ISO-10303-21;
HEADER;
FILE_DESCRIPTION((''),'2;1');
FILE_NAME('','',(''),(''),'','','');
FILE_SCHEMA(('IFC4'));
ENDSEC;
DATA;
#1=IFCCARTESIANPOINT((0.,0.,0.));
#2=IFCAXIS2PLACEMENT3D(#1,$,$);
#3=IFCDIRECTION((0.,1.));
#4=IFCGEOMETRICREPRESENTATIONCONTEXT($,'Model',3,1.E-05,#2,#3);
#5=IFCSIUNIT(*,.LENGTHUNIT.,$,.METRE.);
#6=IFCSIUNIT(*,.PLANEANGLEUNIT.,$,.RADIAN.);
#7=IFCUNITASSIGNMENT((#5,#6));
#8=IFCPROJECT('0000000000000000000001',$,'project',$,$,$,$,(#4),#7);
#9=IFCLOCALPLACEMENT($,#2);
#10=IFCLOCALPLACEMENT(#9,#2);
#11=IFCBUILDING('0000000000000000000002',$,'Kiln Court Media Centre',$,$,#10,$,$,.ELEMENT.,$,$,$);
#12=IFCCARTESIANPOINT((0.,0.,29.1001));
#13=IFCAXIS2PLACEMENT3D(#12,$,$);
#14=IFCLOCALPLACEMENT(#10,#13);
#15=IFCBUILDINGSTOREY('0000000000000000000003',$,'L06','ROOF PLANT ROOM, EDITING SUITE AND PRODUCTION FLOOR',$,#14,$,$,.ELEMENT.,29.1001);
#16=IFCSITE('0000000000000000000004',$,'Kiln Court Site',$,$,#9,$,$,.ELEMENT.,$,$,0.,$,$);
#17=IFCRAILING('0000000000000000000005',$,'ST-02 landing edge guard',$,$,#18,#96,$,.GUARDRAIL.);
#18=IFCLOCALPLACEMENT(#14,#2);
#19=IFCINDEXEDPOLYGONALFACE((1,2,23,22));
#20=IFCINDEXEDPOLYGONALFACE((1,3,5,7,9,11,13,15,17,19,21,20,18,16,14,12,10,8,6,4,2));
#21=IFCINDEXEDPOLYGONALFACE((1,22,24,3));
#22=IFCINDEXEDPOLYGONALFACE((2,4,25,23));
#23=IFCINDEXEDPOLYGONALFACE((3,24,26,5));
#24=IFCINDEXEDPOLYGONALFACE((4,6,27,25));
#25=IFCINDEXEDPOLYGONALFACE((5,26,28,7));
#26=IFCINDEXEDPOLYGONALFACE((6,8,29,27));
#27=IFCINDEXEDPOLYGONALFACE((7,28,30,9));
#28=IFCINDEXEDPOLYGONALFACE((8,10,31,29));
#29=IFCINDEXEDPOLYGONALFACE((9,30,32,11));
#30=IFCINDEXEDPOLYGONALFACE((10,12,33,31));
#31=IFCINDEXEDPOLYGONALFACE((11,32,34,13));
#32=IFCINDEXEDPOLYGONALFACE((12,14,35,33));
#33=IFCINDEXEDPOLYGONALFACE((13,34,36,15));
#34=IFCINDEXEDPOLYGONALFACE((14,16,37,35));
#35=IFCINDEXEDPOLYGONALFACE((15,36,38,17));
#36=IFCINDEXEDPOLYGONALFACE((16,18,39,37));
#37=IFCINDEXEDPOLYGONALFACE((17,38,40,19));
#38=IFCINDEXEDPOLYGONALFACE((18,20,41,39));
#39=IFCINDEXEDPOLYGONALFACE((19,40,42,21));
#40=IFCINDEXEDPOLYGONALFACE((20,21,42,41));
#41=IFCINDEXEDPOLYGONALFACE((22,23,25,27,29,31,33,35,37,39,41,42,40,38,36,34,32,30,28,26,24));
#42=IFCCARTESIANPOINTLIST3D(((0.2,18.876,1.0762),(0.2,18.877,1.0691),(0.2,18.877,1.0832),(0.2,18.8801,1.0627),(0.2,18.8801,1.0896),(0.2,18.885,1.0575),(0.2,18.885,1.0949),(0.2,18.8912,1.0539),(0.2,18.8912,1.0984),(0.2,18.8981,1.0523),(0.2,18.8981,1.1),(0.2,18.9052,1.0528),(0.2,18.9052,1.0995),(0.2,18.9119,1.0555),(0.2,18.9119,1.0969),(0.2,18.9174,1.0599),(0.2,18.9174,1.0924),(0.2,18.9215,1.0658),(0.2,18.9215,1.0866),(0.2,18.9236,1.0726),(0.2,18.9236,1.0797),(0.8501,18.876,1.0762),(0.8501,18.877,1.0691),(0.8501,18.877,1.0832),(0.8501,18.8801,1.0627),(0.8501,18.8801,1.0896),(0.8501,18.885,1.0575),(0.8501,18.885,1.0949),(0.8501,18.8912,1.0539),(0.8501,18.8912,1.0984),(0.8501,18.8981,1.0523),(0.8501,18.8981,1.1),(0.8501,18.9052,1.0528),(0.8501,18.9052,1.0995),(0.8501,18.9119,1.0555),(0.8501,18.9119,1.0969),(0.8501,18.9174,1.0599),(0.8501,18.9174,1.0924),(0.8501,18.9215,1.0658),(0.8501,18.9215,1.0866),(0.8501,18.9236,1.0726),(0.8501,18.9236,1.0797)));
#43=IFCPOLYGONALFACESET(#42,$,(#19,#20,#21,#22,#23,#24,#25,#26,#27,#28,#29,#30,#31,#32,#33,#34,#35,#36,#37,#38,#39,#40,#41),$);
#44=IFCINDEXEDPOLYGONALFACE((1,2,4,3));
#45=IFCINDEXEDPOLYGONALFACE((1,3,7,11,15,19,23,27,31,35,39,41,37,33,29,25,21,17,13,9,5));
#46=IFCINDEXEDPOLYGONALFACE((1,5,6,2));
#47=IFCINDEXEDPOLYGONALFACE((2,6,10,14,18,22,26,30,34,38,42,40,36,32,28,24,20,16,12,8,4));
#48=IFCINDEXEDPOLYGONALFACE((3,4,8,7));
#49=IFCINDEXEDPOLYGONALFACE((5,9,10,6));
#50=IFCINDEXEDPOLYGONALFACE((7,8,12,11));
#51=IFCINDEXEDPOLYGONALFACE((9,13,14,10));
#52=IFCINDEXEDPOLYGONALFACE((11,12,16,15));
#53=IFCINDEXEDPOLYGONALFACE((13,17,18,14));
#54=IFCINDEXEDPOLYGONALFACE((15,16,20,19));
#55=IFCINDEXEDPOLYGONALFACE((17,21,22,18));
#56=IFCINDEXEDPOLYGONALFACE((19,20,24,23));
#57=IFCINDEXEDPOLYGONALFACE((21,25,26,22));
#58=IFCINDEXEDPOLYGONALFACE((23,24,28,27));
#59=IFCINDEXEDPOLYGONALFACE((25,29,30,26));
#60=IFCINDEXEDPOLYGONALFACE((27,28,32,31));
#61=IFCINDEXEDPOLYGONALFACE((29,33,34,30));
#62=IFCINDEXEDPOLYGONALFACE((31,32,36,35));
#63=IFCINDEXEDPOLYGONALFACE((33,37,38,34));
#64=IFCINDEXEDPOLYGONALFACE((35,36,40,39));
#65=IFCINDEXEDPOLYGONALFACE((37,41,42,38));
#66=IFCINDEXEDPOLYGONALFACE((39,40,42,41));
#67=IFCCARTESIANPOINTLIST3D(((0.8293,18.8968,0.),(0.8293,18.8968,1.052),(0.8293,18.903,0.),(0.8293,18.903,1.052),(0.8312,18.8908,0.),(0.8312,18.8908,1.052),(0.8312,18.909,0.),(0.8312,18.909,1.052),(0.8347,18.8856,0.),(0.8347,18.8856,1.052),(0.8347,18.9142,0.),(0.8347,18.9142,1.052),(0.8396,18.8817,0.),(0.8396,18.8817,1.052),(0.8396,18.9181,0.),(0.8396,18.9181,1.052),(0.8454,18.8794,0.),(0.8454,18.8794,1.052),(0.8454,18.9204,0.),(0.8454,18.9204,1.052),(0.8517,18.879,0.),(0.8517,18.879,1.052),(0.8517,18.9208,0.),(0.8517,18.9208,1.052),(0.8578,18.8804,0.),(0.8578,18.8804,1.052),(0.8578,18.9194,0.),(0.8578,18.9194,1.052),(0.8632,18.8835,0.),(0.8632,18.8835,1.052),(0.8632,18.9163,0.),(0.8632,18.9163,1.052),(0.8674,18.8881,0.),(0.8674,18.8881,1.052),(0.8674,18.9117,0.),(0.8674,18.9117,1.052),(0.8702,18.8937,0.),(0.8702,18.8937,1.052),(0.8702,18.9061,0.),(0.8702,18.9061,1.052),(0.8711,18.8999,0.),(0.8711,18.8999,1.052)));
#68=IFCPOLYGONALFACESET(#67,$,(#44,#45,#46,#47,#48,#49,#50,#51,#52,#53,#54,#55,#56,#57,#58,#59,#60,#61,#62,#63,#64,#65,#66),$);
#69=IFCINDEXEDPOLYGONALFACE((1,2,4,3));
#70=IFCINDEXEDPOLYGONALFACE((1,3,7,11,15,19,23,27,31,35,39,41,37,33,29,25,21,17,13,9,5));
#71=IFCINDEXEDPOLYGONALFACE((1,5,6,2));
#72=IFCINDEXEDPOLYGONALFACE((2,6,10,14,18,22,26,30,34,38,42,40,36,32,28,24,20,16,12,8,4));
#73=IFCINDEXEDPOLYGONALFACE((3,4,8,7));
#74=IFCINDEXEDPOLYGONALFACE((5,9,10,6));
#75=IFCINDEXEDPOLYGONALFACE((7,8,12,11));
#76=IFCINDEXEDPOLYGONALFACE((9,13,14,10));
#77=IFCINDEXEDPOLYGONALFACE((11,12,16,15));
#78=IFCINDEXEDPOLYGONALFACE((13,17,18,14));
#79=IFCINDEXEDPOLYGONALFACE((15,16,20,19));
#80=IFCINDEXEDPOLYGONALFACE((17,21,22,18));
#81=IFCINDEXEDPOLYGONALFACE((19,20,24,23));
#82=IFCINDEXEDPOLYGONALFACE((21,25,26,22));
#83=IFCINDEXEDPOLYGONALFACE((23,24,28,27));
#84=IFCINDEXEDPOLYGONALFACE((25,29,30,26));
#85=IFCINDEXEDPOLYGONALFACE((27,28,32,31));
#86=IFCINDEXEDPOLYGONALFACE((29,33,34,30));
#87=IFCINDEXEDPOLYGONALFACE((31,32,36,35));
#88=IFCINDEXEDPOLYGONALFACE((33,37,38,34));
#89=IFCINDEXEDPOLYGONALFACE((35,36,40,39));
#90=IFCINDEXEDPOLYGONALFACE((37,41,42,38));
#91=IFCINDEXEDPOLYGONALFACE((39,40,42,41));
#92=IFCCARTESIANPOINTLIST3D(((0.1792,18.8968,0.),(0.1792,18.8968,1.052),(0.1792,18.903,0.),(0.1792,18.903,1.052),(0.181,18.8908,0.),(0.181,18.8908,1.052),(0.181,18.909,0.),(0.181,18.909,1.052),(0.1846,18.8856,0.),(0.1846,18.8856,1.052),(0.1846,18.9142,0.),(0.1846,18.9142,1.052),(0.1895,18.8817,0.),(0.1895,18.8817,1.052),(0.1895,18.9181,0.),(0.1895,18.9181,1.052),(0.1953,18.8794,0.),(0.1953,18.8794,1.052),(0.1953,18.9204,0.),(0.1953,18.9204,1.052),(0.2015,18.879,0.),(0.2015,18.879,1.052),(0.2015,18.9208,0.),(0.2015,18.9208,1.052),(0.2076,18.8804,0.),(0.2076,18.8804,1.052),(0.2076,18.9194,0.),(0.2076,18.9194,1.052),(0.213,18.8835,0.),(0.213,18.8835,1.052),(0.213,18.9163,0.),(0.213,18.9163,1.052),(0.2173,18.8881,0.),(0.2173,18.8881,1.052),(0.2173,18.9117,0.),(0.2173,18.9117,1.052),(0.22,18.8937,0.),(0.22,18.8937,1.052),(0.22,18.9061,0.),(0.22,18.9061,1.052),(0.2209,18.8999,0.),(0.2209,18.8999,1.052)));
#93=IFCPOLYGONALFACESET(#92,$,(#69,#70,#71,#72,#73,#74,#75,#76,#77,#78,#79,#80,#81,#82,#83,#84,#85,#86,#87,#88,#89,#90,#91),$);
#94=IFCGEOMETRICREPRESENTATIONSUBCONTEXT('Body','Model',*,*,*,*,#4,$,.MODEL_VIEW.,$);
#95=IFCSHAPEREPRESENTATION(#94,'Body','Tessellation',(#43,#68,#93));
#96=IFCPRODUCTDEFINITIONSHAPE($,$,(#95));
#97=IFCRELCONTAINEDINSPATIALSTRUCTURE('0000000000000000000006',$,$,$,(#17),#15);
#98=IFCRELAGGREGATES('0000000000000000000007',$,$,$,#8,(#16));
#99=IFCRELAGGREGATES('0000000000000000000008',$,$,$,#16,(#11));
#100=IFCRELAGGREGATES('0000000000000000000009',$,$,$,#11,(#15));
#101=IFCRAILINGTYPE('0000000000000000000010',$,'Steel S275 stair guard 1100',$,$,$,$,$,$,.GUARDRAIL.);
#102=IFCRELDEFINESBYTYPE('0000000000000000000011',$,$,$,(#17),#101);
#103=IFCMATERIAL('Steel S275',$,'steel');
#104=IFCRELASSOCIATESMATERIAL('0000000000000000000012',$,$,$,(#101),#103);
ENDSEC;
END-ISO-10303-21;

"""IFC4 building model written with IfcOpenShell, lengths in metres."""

from ifc_helpers import new_model, si_unit, direction, frame, origin, origin_2d, place, context, subcontext, project, spatial, circle, extrude, material, type_object, element, save


model = new_model("IFC4")

# Units and contexts
model_context = context("Model", 3, precision=1e-05, world=origin(), true_north=direction((0.0, 1.0)))
body_context = subcontext(model_context, "Body", "Model", "MODEL_VIEW")
ifc_project = project(units=[si_unit("LENGTHUNIT", "METRE"), si_unit("PLANEANGLEUNIT", "RADIAN")], contexts=[model_context])

# Site, building, storey
site_placement = place(None, origin())
site = spatial("IfcSite", under=ifc_project, at=site_placement, Name="Kiln Court Site", CompositionType="ELEMENT", RefElevation=0.0)
building_placement = place(site_placement, origin())
building = spatial("IfcBuilding", under=site, at=building_placement, Name="Kiln Court Media Centre", CompositionType="ELEMENT")
storey_placement = place(building_placement, frame((0.0, 0.0, 29.1001)))
storey = spatial("IfcBuildingStorey", under=building, at=storey_placement, Name="L06", Description="ROOF PLANT ROOM, EDITING SUITE AND PRODUCTION FLOOR", CompositionType="ELEMENT", Elevation=29.1001)

# Railing
ifc_material_1 = material(Name="Steel S275", Category="steel")
railing_type_1 = type_object("IfcRailingType", Name="Steel S275 stair guard 1100", PredefinedType="GUARDRAIL", material=ifc_material_1)
for number, where, name in (
    (1, (0.8501, 18.8999, 0.0), "ST-02 landing edge guard"),
):
    element("IfcRailing", number, at=place(storey_placement, frame(where)), inside=storey, type_object=railing_type_1, Name=name, PredefinedType="GUARDRAIL", context=body_context, shape_type="SweptSolid", body=[
        extrude(circle(Radius=0.0239, at=origin_2d()), frame((0.0, 0.0, 1.0762), z_axis=(-1.0, 0.0, 0.0), x_axis=(0.0, -1.0, 0.0)), (0.0, 0.0, 1.0), 0.6501),
        extrude(circle(Radius=0.021, at=origin_2d()), origin(), (0.0, 0.0, 1.0), 1.052),
        extrude(circle(Radius=0.021, at=origin_2d()), frame((-0.6501, 0.0, 0.0)), (0.0, 0.0, 1.0), 1.052),
    ])

save(model, "model.ifc")
